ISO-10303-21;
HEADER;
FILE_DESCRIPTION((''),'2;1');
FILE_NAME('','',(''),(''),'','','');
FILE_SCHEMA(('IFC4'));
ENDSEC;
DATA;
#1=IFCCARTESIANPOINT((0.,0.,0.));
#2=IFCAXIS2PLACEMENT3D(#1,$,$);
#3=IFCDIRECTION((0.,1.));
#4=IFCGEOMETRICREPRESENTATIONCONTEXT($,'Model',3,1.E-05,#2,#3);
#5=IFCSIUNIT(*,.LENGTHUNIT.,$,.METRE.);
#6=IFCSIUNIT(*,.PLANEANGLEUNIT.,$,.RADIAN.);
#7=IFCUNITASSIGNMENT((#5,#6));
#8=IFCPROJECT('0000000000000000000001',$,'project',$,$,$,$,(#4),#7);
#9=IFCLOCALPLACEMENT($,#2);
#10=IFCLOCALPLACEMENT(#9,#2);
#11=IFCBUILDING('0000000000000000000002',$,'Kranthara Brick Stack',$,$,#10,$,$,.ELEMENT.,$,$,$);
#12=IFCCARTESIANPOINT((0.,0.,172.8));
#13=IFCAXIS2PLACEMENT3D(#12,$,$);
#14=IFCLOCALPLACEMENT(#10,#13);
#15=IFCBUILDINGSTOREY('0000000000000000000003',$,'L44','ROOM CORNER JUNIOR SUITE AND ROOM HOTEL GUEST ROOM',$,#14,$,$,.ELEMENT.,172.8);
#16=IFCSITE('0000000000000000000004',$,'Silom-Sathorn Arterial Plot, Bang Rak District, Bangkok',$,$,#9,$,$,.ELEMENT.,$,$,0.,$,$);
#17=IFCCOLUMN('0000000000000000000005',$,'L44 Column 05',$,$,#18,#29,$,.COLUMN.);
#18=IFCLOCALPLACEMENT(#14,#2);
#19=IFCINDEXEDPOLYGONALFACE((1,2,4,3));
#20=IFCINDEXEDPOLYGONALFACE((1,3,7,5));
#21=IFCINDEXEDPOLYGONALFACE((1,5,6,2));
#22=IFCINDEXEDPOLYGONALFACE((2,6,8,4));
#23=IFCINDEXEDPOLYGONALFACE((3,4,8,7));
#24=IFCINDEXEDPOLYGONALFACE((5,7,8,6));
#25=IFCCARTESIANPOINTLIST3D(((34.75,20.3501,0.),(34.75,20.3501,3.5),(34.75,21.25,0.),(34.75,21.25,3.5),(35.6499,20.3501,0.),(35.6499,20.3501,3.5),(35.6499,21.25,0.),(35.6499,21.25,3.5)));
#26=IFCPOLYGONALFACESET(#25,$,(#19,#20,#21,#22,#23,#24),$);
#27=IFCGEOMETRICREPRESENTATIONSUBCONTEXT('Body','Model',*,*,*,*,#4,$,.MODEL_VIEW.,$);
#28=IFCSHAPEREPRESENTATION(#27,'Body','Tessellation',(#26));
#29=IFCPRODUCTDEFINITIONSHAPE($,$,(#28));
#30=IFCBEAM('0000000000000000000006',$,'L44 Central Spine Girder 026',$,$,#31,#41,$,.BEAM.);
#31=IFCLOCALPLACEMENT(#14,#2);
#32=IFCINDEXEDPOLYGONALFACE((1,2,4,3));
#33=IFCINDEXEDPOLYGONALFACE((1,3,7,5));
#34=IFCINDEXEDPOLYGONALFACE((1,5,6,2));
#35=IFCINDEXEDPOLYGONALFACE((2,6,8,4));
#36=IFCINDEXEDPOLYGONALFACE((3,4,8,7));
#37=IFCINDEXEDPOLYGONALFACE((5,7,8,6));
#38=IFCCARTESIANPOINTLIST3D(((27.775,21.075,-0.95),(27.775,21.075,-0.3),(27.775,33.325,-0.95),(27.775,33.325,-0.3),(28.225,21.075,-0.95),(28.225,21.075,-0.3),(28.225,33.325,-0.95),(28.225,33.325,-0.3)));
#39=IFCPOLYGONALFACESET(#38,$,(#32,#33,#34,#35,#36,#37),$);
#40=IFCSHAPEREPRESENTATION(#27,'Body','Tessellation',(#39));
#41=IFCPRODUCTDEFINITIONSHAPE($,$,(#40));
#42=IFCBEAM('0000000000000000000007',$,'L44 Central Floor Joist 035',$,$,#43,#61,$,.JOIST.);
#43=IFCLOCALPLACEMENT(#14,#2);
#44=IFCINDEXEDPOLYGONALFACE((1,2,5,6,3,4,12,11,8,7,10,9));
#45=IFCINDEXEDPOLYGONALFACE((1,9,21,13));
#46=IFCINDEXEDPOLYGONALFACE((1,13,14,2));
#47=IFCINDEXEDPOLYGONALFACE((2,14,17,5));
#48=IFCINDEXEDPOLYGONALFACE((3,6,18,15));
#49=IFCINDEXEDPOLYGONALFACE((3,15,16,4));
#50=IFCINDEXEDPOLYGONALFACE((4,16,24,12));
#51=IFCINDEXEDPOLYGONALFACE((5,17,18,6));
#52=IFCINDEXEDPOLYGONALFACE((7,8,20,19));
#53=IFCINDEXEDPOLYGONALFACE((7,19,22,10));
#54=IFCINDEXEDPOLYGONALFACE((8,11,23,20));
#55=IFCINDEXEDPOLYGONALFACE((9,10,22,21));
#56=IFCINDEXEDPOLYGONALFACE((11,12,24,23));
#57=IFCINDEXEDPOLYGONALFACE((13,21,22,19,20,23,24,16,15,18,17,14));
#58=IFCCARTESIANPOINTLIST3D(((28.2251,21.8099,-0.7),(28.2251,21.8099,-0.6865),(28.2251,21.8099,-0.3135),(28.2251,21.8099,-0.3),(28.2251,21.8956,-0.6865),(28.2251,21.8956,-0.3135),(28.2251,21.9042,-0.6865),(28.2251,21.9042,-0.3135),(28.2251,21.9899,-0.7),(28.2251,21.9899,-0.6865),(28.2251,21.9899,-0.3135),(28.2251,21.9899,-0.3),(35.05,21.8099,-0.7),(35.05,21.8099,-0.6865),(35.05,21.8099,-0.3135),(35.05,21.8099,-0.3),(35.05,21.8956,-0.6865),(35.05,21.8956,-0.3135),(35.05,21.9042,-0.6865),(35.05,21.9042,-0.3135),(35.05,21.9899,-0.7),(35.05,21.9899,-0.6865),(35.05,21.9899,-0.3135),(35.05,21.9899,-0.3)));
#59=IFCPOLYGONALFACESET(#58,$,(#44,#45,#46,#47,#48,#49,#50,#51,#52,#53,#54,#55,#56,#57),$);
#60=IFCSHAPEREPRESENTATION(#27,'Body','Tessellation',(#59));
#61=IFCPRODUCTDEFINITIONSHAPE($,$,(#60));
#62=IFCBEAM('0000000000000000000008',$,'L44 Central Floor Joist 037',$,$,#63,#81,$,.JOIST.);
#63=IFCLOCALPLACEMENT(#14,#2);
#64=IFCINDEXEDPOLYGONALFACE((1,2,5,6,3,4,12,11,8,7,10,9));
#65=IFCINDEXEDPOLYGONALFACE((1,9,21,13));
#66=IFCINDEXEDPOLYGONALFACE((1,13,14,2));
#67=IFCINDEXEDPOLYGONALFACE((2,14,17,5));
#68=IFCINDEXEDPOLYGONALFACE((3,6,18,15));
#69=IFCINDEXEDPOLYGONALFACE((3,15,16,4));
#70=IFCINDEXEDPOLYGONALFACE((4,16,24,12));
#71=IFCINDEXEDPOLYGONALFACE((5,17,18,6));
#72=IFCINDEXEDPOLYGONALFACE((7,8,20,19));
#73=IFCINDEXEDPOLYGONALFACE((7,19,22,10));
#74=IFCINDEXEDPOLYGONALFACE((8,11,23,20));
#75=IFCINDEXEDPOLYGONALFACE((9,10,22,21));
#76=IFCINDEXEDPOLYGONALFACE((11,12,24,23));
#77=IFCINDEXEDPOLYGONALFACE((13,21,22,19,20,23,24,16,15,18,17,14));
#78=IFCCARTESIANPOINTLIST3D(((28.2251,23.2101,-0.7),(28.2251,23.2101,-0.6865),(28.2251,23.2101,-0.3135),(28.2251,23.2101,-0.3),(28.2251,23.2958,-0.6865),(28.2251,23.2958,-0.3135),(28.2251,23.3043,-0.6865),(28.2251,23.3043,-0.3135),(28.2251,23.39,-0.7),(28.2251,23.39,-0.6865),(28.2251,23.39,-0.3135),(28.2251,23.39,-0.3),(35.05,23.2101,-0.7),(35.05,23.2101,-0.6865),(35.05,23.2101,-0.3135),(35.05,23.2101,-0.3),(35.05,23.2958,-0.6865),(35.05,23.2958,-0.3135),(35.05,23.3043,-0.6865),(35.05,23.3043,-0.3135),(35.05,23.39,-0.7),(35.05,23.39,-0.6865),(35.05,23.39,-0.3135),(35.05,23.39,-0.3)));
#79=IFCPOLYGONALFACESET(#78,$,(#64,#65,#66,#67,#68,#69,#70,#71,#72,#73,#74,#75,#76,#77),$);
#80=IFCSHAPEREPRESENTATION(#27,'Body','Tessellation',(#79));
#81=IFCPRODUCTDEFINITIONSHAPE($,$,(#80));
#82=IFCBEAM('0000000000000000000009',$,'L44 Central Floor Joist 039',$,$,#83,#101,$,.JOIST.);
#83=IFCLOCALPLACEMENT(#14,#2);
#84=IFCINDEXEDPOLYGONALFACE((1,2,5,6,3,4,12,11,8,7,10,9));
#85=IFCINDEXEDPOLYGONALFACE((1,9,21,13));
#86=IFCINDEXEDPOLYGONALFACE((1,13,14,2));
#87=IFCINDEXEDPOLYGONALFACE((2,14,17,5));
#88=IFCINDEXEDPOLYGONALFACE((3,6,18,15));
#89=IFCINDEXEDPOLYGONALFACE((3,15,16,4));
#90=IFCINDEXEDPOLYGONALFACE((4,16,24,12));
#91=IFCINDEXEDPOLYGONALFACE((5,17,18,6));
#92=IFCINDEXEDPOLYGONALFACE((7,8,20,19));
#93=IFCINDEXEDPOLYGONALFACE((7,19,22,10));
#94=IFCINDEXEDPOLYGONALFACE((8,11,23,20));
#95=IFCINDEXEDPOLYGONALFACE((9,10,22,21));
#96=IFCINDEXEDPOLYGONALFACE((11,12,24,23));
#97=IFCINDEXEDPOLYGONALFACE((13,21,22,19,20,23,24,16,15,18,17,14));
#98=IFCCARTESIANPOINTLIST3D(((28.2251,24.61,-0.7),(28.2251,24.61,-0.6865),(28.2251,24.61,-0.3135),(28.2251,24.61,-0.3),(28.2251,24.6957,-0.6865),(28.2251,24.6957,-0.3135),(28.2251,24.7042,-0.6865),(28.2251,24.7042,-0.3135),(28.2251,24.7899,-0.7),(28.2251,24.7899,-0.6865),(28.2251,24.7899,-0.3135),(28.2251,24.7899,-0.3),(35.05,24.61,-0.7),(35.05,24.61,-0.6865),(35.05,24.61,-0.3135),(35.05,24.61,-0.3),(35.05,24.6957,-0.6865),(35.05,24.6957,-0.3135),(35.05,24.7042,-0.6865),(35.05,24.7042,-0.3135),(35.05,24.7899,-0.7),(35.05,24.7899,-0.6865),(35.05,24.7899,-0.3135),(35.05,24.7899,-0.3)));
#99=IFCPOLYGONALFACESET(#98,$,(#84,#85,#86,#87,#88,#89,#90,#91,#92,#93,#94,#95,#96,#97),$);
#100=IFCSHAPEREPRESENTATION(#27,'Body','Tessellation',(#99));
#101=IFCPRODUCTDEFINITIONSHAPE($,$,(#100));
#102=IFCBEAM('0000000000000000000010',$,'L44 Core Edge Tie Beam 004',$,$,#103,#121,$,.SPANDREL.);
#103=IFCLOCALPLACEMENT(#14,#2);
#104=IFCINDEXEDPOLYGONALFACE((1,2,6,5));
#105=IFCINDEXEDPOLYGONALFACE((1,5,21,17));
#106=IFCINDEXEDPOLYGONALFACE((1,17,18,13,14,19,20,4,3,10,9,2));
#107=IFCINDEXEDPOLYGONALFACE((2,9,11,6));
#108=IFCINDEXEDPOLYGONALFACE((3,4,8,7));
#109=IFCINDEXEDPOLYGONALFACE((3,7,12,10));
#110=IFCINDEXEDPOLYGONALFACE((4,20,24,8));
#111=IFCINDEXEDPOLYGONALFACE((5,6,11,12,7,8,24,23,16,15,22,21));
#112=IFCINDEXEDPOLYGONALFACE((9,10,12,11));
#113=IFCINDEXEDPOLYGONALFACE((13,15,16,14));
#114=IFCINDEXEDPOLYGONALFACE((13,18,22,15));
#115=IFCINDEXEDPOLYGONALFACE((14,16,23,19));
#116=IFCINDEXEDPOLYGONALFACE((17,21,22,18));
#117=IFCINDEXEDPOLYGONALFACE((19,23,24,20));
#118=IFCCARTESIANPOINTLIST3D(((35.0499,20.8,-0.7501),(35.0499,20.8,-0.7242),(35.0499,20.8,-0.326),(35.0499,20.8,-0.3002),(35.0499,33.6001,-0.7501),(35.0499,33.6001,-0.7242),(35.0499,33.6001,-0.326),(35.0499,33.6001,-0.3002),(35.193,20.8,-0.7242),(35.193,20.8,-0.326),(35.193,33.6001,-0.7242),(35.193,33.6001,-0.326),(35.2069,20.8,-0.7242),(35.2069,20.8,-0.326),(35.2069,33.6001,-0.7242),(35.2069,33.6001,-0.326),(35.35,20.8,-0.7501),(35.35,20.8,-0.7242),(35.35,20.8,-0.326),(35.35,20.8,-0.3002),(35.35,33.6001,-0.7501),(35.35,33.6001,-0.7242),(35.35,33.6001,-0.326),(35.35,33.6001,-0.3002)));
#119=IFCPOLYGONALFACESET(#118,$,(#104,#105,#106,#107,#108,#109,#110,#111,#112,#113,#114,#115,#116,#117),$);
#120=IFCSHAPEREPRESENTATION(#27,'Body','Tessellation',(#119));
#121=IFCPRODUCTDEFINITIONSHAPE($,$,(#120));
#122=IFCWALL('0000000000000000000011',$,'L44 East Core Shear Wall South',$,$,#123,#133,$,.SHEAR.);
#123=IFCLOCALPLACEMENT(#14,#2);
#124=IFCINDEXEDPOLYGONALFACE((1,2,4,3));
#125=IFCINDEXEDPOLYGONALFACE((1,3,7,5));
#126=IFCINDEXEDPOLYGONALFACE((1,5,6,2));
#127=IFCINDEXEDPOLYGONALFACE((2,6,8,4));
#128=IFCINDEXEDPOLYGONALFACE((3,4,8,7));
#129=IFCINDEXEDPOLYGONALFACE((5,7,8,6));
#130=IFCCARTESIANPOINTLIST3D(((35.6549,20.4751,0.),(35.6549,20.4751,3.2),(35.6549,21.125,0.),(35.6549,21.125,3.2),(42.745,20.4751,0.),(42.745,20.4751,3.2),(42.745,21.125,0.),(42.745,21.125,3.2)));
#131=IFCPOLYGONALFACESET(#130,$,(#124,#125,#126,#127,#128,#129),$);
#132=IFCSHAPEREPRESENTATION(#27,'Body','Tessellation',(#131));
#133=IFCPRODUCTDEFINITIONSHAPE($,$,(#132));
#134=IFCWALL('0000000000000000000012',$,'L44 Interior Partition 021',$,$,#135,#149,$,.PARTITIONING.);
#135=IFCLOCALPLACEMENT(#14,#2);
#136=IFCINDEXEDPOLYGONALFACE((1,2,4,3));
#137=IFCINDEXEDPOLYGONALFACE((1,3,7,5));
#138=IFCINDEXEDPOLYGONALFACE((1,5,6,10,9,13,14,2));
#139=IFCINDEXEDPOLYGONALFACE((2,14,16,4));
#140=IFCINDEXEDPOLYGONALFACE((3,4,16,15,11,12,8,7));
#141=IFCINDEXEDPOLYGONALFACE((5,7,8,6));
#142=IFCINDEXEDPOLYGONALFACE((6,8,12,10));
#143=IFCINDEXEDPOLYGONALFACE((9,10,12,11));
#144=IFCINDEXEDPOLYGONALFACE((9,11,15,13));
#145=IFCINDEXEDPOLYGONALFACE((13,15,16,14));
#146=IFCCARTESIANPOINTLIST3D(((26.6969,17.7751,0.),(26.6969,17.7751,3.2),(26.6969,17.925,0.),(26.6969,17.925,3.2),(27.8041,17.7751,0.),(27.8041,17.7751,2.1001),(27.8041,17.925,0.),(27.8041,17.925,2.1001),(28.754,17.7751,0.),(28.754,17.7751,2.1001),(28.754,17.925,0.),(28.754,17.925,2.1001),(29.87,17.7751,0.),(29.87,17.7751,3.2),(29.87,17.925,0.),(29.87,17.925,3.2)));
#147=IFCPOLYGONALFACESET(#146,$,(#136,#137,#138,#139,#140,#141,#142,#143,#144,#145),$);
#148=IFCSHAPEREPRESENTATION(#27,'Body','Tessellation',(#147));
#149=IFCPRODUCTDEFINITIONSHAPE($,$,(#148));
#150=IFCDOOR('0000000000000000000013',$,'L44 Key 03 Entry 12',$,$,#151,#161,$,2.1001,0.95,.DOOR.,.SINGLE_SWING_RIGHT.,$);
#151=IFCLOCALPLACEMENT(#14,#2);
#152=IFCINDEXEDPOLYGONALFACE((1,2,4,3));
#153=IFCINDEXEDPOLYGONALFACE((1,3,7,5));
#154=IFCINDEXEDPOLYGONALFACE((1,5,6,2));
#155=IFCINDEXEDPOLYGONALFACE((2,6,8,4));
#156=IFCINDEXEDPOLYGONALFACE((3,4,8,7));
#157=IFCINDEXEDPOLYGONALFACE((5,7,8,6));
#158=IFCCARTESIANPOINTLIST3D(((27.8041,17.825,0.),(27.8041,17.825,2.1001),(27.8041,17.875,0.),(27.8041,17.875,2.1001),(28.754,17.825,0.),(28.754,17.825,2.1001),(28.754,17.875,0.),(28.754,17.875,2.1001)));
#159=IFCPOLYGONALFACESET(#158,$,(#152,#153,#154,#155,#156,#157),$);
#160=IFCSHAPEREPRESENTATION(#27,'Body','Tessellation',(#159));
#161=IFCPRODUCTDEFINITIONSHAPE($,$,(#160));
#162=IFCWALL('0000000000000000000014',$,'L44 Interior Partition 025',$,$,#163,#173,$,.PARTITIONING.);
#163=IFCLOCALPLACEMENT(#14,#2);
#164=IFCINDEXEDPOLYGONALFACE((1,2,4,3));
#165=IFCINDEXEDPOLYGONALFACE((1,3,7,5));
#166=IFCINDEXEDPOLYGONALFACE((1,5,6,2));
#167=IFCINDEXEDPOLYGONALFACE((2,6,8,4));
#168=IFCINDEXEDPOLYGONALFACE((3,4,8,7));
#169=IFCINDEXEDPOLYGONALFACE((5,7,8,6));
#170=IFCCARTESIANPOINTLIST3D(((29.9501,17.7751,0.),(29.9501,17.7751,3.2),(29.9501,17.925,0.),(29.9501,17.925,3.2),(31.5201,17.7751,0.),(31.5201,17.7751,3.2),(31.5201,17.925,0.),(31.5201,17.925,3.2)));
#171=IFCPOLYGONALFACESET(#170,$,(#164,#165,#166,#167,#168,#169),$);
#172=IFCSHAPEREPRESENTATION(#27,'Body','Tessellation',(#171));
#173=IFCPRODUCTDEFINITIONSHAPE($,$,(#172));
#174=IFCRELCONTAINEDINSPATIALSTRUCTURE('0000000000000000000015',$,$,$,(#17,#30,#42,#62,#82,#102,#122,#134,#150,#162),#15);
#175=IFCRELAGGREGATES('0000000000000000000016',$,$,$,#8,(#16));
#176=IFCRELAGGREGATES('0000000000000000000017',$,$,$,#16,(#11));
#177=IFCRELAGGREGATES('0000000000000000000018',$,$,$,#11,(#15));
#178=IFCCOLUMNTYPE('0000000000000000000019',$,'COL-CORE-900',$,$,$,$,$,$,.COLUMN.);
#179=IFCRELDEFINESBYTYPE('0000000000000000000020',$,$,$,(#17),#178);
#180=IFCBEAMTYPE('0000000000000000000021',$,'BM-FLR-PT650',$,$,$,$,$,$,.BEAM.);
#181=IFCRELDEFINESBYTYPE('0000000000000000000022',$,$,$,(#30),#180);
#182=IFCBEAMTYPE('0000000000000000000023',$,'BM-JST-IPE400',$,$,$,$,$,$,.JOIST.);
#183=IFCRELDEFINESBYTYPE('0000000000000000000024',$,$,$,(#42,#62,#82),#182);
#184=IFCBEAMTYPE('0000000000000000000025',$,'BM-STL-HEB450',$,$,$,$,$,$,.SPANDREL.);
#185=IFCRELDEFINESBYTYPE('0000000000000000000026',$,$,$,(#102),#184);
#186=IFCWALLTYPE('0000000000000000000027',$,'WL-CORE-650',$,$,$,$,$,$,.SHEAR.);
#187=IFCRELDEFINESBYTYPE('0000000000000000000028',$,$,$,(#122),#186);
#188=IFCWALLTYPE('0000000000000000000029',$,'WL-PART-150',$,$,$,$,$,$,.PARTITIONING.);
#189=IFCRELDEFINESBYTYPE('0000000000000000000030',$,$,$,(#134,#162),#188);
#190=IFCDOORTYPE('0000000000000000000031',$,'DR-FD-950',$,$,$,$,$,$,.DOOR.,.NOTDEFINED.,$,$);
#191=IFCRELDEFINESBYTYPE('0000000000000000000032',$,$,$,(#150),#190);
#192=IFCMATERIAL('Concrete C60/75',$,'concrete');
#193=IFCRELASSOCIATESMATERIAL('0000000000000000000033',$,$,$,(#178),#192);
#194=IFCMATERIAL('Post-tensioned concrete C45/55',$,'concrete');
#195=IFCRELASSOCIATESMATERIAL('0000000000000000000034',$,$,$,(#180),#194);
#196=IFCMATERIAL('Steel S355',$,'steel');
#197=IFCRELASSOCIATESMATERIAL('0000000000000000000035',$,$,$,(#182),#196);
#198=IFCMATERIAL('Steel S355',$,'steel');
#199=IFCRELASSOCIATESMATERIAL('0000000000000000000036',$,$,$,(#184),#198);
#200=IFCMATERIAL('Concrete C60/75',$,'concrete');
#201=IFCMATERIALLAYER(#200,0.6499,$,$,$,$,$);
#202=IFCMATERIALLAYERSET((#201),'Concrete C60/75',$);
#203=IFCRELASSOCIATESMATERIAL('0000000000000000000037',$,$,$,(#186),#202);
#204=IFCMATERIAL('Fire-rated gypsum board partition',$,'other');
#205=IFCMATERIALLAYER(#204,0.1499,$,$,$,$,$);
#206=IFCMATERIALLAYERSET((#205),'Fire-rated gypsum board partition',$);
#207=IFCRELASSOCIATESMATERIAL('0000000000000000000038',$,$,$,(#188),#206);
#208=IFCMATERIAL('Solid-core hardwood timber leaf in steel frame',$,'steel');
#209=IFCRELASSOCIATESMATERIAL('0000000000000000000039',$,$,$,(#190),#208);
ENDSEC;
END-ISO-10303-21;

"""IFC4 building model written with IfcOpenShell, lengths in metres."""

from ifc_helpers import new_model, si_unit, direction, frame, frame_2d, origin, origin_2d, place, context, subcontext, project, spatial, rectangle, i_section, extrude, material, layer, layer_set, material_profile, profile_set, type_object, element, fill, save


model = new_model("IFC4")

# Units and contexts
model_context = context("Model", 3, precision=1e-05, world=origin(), true_north=direction((0.0, 1.0)))
body_context = subcontext(model_context, "Body", "Model", "MODEL_VIEW")
ifc_project = project(units=[si_unit("LENGTHUNIT", "METRE"), si_unit("PLANEANGLEUNIT", "RADIAN")], contexts=[model_context])

# Site, building, storey
site_placement = place(None, origin())
site = spatial("IfcSite", under=ifc_project, at=site_placement, Name="Silom-Sathorn Arterial Plot, Bang Rak District, Bangkok", CompositionType="ELEMENT", RefElevation=0.0)
building_placement = place(site_placement, origin())
building = spatial("IfcBuilding", under=site, at=building_placement, Name="Kranthara Brick Stack", CompositionType="ELEMENT")
storey_placement = place(building_placement, frame((0.0, 0.0, 172.8)))
storey = spatial("IfcBuildingStorey", under=building, at=storey_placement, Name="L44", Description="ROOM CORNER JUNIOR SUITE AND ROOM HOTEL GUEST ROOM", CompositionType="ELEMENT", Elevation=172.8)

# Column
ifc_material_1 = material(Name="Concrete C60/75", Category="concrete")
ifc_material_profile_1 = material_profile(ifc_material_1, rectangle(XDim=0.8999, YDim=0.8999, at=origin_2d()), Name="RC 900x900")
ifc_profile_set_1 = profile_set([ifc_material_profile_1], Name="Concrete C60/75")
column_type = type_object("IfcColumnType", Name="COL-CORE-900", PredefinedType="COLUMN", material=ifc_profile_set_1)
column_placement = place(storey_placement, frame((35.2, 20.8, 0.0), z_axis=(0.0, 0.0, 1.0), x_axis=(1.0, 0.0, 0.0)))
element("IfcColumn", 1, at=column_placement, inside=storey, type_object=column_type, Name="L44 Column 05", PredefinedType="COLUMN", context=body_context, shape_type="SweptSolid", body=[
    extrude(rectangle(XDim=0.8999, YDim=0.8999, at=origin_2d()), origin(), (0.0, 0.0, 1.0), 3.5),
])

# Beams
ifc_material_2 = material(Name="Post-tensioned concrete C45/55", Category="concrete")
ifc_material_profile_2 = material_profile(ifc_material_2, rectangle(XDim=0.45, YDim=0.6499, at=origin_2d()), Name="PT 450x650")
ifc_profile_set_2 = profile_set([ifc_material_profile_2], Name="Post-tensioned concrete C45/55")
beam_type_1 = type_object("IfcBeamType", Name="BM-FLR-PT650", PredefinedType="BEAM", material=ifc_profile_set_2)
beam_1_placement = place(storey_placement, frame((28.0, 21.075, -0.625), z_axis=(0.0, 1.0, 0.0), x_axis=(-1.0, 0.0, 0.0)))
element("IfcBeam", 2, at=beam_1_placement, inside=storey, type_object=beam_type_1, Name="L44 Central Spine Girder 026", PredefinedType="BEAM", context=body_context, shape_type="SweptSolid", body=[
    extrude(rectangle(XDim=0.45, YDim=0.6499, at=origin_2d()), origin(), (0.0, 0.0, 1.0), 12.25),
])
ifc_material_3 = material(Name="Steel S355", Category="steel")
ifc_material_profile_3 = material_profile(ifc_material_3, i_section(OverallWidth=0.1799, OverallDepth=0.3999, WebThickness=0.0085, FlangeThickness=0.0134, at=origin_2d()), Name="IPE 400")
ifc_profile_set_3 = profile_set([ifc_material_profile_3], Name="Steel S355")
beam_type_2 = type_object("IfcBeamType", Name="BM-JST-IPE400", PredefinedType="JOIST", material=ifc_profile_set_3)
for number, where, z_axis, x_axis, name in (
    (3, (28.2251, 21.8999, -0.5), (1.0, 0.0, 0.0), (0.0, 1.0, 0.0), "L44 Central Floor Joist 035"),
    (4, (28.2251, 23.3, -0.5), (1.0, 0.0, 0.0), (0.0, 1.0, 0.0), "L44 Central Floor Joist 037"),
    (5, (28.2251, 24.7, -0.5), (1.0, 0.0, 0.0), (0.0, 1.0, 0.0), "L44 Central Floor Joist 039"),
):
    element("IfcBeam", number, at=place(storey_placement, frame(where, z_axis=z_axis, x_axis=x_axis)), inside=storey, type_object=beam_type_2, Name=name, PredefinedType="JOIST", context=body_context, shape_type="SweptSolid", body=[
        extrude(i_section(OverallWidth=0.1799, OverallDepth=0.3999, WebThickness=0.0085, FlangeThickness=0.0134, at=origin_2d()), origin(), (0.0, 0.0, 1.0), 6.825),
    ])
ifc_material_4 = material(Name="Steel S355", Category="steel")
ifc_material_profile_4 = material_profile(ifc_material_4, i_section(OverallWidth=0.3, OverallDepth=0.45, WebThickness=0.0139, FlangeThickness=0.0259, at=origin_2d()), Name="HEB 450")
ifc_profile_set_4 = profile_set([ifc_material_profile_4], Name="Steel S355")
beam_type_3 = type_object("IfcBeamType", Name="BM-STL-HEB450", PredefinedType="SPANDREL", material=ifc_profile_set_4)
beam_2_placement = place(storey_placement, frame((35.2, 20.8, -0.5251), z_axis=(0.0, 1.0, 0.0), x_axis=(-1.0, 0.0, 0.0)))
element("IfcBeam", 6, at=beam_2_placement, inside=storey, type_object=beam_type_3, Name="L44 Core Edge Tie Beam 004", PredefinedType="SPANDREL", context=body_context, shape_type="SweptSolid", body=[
    extrude(i_section(OverallWidth=0.3, OverallDepth=0.45, WebThickness=0.0139, FlangeThickness=0.0259, at=origin_2d()), origin(), (0.0, 0.0, 1.0), 12.8),
])

# Wall
ifc_material_5 = material(Name="Concrete C60/75", Category="concrete")
ifc_layer_1 = layer(ifc_material_5, 0.6499)
ifc_layer_set_1 = layer_set([ifc_layer_1], Name="Concrete C60/75")
wall_type_1 = type_object("IfcWallType", Name="WL-CORE-650", PredefinedType="SHEAR", material=ifc_layer_set_1)
wall_1_placement = place(storey_placement, frame((35.655, 20.8, 0.0), z_axis=(0.0, 0.0, 1.0), x_axis=(1.0, 0.0, 0.0)))
element("IfcWall", 7, at=wall_1_placement, inside=storey, type_object=wall_type_1, Name="L44 East Core Shear Wall South", PredefinedType="SHEAR", context=body_context, shape_type="SweptSolid", body=[
    extrude(rectangle(XDim=7.0901, YDim=0.6499, at=frame_2d((3.5449, 0.0))), origin(), (0.0, 0.0, 1.0), 3.2),
])

# Wall, opening, door
ifc_material_6 = material(Name="Fire-rated gypsum board partition", Category="other")
ifc_layer_2 = layer(ifc_material_6, 0.1499)
ifc_layer_set_2 = layer_set([ifc_layer_2], Name="Fire-rated gypsum board partition")
wall_type_2 = type_object("IfcWallType", Name="WL-PART-150", PredefinedType="PARTITIONING", material=ifc_layer_set_2)
wall_2_placement = place(storey_placement, frame((26.697, 17.8501, 0.0), z_axis=(0.0, 0.0, 1.0), x_axis=(1.0, 0.0, 0.0)))
wall_2 = element("IfcWall", 8, at=wall_2_placement, inside=storey, type_object=wall_type_2, Name="L44 Interior Partition 021", PredefinedType="PARTITIONING", context=body_context, shape_type="SweptSolid", body=[
    extrude(rectangle(XDim=3.1731, YDim=0.1499, at=frame_2d((1.5864, 0.0))), origin(), (0.0, 0.0, 1.0), 3.2),
])
opening_1_placement = place(wall_2_placement, frame((1.1069, 0.0, 0.0)))
opening_1 = element("IfcOpeningElement", 9, at=opening_1_placement, cuts=wall_2, PredefinedType="OPENING", context=body_context, shape_type="SweptSolid", body=[
    extrude(rectangle(XDim=0.95, YDim=2.1001, at=frame_2d((0.4751, 1.05))), frame((0.0, 0.085, 0.0), z_axis=(0.0, -1.0, 0.0), x_axis=(1.0, 0.0, 0.0)), (0.0, 0.0, 1.0), 0.1699),
])
ifc_material_7 = material(Name="Solid-core hardwood timber leaf in steel frame", Category="steel")
door_type_1 = type_object("IfcDoorType", Name="DR-FD-950", OperationType="NOTDEFINED", PredefinedType="DOOR", material=ifc_material_7)
door_1_placement = place(opening_1_placement, origin())
door_1 = element("IfcDoor", 10, at=door_1_placement, inside=storey, type_object=door_type_1, Name="L44 Key 03 Entry 12", OperationType="SINGLE_SWING_RIGHT", OverallHeight=2.1001, OverallWidth=0.95, PredefinedType="DOOR", context=body_context, shape_type="SweptSolid", body=[
    extrude(rectangle(XDim=0.95, YDim=2.1001, at=frame_2d((0.4751, 1.05))), frame((0.0, 0.0249, 0.0), z_axis=(0.0, -1.0, 0.0), x_axis=(1.0, 0.0, 0.0)), (0.0, 0.0, 1.0), 0.05),
])
fill(opening_1, door_1)

# Wall
wall_3_placement = place(storey_placement, frame((29.95, 17.8501, 0.0), z_axis=(0.0, 0.0, 1.0), x_axis=(1.0, 0.0, 0.0)))
element("IfcWall", 11, at=wall_3_placement, inside=storey, type_object=wall_type_2, Name="L44 Interior Partition 025", PredefinedType="PARTITIONING", context=body_context, shape_type="SweptSolid", body=[
    extrude(rectangle(XDim=1.5701, YDim=0.1499, at=frame_2d((0.7852, 0.0))), origin(), (0.0, 0.0, 1.0), 3.2),
])

save(model, "model.ifc")
